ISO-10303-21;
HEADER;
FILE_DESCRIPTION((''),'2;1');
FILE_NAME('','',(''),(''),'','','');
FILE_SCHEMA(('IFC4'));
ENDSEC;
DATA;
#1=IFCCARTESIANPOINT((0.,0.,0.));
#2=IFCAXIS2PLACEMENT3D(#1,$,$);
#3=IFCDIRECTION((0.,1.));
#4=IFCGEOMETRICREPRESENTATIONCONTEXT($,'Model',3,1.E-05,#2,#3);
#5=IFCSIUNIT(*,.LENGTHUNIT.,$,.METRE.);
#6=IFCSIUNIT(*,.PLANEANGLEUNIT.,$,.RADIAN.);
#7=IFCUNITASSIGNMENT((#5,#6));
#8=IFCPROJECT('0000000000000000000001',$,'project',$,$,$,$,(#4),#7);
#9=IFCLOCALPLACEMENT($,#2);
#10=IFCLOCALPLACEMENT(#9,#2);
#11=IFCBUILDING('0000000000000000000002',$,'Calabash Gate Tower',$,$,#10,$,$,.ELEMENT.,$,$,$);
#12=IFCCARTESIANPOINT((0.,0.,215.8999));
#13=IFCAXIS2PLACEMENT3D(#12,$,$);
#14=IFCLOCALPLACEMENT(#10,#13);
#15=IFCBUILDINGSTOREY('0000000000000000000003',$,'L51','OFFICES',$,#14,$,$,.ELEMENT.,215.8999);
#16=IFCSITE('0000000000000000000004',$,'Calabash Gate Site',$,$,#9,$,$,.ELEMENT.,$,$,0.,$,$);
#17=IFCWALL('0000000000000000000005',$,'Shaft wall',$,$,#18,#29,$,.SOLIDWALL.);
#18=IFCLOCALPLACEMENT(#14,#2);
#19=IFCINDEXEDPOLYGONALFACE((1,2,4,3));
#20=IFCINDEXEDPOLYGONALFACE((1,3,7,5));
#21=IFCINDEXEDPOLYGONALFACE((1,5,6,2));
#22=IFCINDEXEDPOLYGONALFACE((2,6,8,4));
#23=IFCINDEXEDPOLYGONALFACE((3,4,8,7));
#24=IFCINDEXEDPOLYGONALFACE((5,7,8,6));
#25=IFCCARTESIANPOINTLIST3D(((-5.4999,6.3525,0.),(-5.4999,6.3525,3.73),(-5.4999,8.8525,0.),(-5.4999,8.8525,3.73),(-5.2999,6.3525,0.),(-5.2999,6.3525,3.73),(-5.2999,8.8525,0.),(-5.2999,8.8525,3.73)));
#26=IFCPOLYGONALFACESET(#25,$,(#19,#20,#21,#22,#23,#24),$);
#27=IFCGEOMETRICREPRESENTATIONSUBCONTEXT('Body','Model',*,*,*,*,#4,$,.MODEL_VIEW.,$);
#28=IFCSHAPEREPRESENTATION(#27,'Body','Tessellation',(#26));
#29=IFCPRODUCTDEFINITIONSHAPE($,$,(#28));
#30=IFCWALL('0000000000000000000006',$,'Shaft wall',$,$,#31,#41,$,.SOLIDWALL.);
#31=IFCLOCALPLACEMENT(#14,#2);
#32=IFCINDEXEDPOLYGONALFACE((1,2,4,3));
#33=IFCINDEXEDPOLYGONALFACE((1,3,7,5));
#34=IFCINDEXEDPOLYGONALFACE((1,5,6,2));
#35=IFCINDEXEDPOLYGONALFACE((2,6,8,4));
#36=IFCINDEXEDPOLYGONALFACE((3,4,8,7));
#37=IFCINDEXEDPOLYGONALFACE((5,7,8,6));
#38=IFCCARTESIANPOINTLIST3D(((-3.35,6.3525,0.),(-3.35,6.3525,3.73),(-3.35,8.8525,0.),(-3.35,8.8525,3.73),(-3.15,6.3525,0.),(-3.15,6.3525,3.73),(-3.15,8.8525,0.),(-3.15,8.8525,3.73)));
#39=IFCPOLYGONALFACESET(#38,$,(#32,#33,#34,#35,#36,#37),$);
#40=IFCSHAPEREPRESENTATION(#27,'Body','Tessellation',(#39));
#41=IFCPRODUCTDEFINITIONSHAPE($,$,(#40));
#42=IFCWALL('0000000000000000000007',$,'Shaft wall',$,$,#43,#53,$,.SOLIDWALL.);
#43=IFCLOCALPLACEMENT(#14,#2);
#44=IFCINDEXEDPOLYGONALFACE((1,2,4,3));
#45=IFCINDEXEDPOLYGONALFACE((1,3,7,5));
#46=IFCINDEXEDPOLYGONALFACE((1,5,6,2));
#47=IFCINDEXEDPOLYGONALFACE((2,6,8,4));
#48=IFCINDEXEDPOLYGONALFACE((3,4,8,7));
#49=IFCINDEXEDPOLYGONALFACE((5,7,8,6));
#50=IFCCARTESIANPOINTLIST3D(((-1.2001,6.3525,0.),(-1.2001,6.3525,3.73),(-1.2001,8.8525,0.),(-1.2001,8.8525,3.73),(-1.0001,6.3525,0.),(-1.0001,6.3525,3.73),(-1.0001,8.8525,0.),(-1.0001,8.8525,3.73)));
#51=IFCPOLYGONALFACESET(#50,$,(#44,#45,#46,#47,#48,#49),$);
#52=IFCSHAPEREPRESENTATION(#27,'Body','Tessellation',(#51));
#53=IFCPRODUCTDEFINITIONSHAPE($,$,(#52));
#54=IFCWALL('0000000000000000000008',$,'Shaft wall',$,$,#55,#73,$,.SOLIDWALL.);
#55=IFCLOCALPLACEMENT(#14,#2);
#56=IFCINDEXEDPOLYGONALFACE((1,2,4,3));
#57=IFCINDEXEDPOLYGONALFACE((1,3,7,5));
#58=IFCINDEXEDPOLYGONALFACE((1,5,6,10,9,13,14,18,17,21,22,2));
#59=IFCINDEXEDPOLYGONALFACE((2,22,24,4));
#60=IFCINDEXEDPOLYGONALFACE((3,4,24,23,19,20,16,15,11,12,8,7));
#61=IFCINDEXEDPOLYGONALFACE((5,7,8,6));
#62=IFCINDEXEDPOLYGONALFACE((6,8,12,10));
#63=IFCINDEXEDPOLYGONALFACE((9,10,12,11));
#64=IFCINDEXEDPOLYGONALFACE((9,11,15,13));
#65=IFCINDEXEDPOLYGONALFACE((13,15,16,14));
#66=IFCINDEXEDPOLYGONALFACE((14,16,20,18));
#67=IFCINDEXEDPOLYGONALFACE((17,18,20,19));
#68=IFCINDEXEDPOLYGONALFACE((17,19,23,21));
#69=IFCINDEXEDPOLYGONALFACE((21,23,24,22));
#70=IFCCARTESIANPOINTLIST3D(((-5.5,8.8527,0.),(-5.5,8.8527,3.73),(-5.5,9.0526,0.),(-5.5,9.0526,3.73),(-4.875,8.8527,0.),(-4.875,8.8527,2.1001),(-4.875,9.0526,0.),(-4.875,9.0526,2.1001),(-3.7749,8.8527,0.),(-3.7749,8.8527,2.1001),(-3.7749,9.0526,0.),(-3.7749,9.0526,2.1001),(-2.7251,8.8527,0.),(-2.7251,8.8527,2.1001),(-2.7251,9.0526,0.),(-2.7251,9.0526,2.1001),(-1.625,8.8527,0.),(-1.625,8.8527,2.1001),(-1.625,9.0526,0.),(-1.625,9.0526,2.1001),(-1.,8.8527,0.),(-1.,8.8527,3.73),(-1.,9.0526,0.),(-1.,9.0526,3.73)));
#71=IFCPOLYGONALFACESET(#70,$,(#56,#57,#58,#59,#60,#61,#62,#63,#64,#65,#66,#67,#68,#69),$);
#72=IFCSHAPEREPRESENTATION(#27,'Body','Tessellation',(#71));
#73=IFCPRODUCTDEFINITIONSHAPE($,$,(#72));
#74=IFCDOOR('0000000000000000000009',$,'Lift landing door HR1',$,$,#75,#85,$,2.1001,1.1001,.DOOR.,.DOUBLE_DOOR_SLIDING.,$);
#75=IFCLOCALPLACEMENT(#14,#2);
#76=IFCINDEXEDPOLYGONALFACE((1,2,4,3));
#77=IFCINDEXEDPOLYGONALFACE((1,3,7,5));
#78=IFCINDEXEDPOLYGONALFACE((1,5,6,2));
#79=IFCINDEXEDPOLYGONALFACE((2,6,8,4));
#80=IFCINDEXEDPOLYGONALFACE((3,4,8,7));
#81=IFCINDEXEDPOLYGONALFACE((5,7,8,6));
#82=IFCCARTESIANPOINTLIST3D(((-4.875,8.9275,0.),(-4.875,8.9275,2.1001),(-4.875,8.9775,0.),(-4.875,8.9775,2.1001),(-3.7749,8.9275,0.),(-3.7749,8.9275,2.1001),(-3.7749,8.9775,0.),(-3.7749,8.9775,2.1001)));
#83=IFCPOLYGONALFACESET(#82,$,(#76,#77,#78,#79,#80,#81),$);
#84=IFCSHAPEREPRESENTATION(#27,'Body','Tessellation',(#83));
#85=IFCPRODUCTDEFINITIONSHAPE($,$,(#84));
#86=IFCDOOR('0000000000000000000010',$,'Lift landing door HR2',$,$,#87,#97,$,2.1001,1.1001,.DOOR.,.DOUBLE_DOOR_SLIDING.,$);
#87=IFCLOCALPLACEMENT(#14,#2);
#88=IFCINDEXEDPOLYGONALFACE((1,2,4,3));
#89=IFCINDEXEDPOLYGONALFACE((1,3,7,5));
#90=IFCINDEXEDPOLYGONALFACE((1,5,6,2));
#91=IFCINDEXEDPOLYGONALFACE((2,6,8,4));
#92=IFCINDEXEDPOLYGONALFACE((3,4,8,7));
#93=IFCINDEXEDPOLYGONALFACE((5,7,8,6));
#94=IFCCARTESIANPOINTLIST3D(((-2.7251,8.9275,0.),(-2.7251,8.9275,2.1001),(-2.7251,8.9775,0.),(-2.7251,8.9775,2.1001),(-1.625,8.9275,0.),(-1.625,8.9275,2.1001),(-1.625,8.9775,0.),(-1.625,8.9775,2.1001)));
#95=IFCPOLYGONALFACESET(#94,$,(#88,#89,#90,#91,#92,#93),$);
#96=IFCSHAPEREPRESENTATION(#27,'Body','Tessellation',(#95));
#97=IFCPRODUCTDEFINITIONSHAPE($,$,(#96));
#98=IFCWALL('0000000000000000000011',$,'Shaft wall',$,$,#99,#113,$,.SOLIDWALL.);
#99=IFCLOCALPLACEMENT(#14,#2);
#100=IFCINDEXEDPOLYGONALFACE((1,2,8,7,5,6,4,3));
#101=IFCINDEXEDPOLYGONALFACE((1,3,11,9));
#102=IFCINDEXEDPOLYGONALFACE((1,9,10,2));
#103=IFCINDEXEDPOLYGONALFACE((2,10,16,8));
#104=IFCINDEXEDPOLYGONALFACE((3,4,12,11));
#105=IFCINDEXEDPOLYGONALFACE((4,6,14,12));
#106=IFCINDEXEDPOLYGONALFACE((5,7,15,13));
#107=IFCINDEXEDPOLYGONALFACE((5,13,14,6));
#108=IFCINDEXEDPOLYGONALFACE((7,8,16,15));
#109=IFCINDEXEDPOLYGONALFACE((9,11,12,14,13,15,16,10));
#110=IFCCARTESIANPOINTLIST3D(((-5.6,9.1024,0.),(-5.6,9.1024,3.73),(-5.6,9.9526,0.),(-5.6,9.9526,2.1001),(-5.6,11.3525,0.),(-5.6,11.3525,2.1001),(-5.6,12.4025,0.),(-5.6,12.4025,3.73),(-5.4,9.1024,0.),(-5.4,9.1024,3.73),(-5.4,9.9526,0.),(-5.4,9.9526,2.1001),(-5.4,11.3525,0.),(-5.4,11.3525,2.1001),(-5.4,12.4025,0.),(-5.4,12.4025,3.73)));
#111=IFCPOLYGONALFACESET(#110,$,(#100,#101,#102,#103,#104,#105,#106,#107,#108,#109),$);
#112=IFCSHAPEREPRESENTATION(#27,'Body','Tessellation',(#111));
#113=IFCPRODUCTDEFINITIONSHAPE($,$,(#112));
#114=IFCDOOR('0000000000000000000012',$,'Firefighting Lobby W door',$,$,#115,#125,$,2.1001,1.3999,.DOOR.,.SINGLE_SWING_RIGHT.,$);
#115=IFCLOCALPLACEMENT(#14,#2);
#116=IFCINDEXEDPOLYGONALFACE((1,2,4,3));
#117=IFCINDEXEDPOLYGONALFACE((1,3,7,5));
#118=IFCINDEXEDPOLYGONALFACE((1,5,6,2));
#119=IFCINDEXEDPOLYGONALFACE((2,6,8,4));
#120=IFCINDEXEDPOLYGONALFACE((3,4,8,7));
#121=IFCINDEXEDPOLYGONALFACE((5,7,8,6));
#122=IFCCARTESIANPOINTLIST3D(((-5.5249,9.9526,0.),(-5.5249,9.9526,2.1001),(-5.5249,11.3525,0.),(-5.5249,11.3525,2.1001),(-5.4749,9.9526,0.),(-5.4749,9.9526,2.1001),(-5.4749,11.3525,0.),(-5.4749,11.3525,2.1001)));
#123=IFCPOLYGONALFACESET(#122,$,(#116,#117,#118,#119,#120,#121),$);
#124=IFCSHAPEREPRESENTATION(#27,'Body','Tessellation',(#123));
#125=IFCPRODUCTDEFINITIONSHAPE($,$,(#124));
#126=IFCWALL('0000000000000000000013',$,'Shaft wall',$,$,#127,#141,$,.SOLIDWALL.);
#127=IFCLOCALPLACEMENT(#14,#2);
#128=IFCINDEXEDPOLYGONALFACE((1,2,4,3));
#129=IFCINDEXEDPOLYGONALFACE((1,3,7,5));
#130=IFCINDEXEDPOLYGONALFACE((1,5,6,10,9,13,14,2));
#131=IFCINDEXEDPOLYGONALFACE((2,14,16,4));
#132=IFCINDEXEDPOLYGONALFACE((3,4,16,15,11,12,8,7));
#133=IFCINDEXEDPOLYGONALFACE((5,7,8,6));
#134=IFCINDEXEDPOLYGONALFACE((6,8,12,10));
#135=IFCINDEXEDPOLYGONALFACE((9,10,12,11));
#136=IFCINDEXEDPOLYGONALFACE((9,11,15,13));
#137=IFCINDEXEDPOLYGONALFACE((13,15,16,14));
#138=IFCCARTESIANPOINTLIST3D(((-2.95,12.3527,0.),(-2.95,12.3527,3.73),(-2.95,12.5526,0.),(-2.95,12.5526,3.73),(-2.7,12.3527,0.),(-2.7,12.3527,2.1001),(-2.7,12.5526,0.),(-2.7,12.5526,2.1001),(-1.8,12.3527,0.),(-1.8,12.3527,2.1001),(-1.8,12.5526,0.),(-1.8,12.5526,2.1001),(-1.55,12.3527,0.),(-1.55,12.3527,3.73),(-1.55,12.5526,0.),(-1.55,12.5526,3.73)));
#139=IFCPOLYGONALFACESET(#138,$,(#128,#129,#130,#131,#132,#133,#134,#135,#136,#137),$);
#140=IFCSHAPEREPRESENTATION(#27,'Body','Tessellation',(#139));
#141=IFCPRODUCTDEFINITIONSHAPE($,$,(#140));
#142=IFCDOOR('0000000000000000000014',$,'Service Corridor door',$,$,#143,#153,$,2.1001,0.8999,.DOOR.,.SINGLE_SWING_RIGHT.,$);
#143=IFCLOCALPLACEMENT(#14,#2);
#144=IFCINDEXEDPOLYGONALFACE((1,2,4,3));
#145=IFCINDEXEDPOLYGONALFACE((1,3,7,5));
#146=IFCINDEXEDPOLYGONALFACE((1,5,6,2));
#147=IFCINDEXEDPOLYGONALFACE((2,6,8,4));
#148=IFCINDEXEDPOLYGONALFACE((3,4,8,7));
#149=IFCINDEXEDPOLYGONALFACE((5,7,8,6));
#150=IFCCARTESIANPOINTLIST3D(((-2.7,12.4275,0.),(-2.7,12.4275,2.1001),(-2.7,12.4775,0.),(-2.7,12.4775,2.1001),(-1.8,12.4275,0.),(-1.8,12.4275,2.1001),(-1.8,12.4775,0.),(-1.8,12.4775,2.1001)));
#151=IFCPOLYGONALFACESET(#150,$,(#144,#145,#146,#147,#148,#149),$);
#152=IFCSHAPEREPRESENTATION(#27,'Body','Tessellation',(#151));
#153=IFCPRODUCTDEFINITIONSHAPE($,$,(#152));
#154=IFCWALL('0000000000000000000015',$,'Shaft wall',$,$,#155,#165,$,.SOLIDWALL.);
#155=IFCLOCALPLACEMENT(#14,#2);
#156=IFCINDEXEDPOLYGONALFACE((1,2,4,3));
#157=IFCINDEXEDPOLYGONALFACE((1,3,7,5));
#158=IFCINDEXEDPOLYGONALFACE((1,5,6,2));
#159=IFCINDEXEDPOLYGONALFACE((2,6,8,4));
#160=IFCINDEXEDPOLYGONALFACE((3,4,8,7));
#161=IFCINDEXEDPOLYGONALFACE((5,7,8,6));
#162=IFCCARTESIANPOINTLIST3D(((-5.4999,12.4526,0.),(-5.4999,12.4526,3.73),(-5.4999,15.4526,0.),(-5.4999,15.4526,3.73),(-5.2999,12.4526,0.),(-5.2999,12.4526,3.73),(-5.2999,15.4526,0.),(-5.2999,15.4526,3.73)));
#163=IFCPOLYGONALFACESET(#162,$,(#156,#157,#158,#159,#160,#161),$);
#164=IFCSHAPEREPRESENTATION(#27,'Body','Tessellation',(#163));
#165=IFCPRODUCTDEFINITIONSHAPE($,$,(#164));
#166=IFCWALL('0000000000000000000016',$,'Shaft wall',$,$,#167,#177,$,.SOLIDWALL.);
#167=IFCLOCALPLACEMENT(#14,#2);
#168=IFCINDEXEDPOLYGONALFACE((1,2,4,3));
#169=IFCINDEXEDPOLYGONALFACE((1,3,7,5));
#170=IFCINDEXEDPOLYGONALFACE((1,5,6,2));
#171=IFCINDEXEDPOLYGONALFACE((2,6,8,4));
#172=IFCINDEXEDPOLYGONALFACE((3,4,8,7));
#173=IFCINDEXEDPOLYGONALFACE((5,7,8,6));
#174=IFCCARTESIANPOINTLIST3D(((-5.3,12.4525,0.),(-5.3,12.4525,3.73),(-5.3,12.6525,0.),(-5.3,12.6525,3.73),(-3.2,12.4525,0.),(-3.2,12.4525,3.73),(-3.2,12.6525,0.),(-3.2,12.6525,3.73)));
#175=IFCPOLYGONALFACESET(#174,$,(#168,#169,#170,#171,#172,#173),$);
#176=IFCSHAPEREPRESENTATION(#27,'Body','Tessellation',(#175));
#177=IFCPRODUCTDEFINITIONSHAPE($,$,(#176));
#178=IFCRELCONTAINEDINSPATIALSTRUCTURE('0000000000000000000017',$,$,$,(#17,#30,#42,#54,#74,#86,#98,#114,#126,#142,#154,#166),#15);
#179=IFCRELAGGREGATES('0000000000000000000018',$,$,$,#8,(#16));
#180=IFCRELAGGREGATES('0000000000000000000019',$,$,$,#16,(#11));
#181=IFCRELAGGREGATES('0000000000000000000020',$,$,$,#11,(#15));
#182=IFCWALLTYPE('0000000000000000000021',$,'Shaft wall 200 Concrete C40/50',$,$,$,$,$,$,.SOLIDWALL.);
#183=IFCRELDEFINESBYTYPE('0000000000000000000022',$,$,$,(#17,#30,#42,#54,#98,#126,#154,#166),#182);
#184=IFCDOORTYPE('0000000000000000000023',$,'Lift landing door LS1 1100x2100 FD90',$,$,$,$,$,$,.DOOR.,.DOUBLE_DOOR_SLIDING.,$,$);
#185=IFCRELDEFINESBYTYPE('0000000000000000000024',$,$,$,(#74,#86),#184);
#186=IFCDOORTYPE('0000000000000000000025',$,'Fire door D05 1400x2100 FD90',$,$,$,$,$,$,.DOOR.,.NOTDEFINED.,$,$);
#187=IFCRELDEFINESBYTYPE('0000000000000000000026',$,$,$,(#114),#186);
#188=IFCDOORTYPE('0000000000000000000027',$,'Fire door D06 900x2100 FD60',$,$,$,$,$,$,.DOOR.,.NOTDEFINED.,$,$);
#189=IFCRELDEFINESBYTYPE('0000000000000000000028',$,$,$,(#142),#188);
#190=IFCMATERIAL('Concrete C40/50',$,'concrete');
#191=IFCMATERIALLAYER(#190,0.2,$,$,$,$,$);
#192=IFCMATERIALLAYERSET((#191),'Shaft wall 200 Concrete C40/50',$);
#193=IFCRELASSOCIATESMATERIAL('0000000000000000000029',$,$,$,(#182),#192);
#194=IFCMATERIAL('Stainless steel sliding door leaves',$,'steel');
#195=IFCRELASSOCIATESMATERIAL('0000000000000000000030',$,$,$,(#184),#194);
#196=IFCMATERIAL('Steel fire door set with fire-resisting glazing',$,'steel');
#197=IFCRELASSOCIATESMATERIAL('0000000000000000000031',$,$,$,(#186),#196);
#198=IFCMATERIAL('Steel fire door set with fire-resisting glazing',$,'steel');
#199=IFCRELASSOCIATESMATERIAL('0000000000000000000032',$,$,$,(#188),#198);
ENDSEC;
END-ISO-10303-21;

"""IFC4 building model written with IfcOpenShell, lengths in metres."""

from ifc_helpers import new_model, si_unit, direction, frame, frame_2d, origin, place, context, subcontext, project, spatial, rectangle, extrude, material, layer, layer_set, type_object, element, fill, save


model = new_model("IFC4")

# Units and contexts
model_context = context("Model", 3, precision=1e-05, world=origin(), true_north=direction((0.0, 1.0)))
body_context = subcontext(model_context, "Body", "Model", "MODEL_VIEW")
ifc_project = project(units=[si_unit("LENGTHUNIT", "METRE"), si_unit("PLANEANGLEUNIT", "RADIAN")], contexts=[model_context])

# Site, building, storey
site_placement = place(None, origin())
site = spatial("IfcSite", under=ifc_project, at=site_placement, Name="Calabash Gate Site", CompositionType="ELEMENT", RefElevation=0.0)
building_placement = place(site_placement, origin())
building = spatial("IfcBuilding", under=site, at=building_placement, Name="Calabash Gate Tower", CompositionType="ELEMENT")
storey_placement = place(building_placement, frame((0.0, 0.0, 215.8999)))
storey = spatial("IfcBuildingStorey", under=building, at=storey_placement, Name="L51", Description="OFFICES", CompositionType="ELEMENT", Elevation=215.8999)

# Walls
ifc_material_1 = material(Name="Concrete C40/50", Category="concrete")
ifc_layer = layer(ifc_material_1, 0.2)
ifc_layer_set = layer_set([ifc_layer], Name="Shaft wall 200 Concrete C40/50")
wall_type = type_object("IfcWallType", Name="Shaft wall 200 Concrete C40/50", PredefinedType="SOLIDWALL", material=ifc_layer_set)
for number, where, z_axis, x_axis, name in (
    (1, (-5.3999, 6.3525, 0.0), (0.0, 0.0, 1.0), (0.0, 1.0, 0.0), "Shaft wall"),
    (2, (-3.25, 6.3525, 0.0), (0.0, 0.0, 1.0), (0.0, 1.0, 0.0), "Shaft wall"),
    (3, (-1.1001, 6.3525, 0.0), (0.0, 0.0, 1.0), (0.0, 1.0, 0.0), "Shaft wall"),
):
    element("IfcWall", number, at=place(storey_placement, frame(where, z_axis=z_axis, x_axis=x_axis)), inside=storey, type_object=wall_type, Name=name, PredefinedType="SOLIDWALL", context=body_context, shape_type="SweptSolid", body=[
        extrude(rectangle(XDim=2.5, YDim=0.2, at=frame_2d((1.25, 0.0))), origin(), (0.0, 0.0, 1.0), 3.73),
    ])

# Wall, openings, doors
wall_1_placement = place(storey_placement, frame((-5.5, 8.9526, 0.0), z_axis=(0.0, 0.0, 1.0), x_axis=(1.0, 0.0, 0.0)))
wall_1 = element("IfcWall", 4, at=wall_1_placement, inside=storey, type_object=wall_type, Name="Shaft wall", PredefinedType="SOLIDWALL", context=body_context, shape_type="SweptSolid", body=[
    extrude(rectangle(XDim=4.5, YDim=0.2, at=frame_2d((2.25, 0.0))), origin(), (0.0, 0.0, 1.0), 3.73),
])
opening_1_placement = place(wall_1_placement, frame((0.625, 0.0, 0.0)))
opening_1 = element("IfcOpeningElement", 5, at=opening_1_placement, cuts=wall_1, PredefinedType="OPENING", context=body_context, shape_type="SweptSolid", body=[
    extrude(rectangle(XDim=1.1001, YDim=2.1001, at=frame_2d((0.55, 1.05))), frame((0.0, 0.1099, 0.0), z_axis=(0.0, -1.0, 0.0), x_axis=(1.0, 0.0, 0.0)), (0.0, 0.0, 1.0), 0.22),
])
opening_2_placement = place(wall_1_placement, frame((2.7749, 0.0, 0.0)))
opening_2 = element("IfcOpeningElement", 6, at=opening_2_placement, cuts=wall_1, PredefinedType="OPENING", context=body_context, shape_type="SweptSolid", body=[
    extrude(rectangle(XDim=1.1001, YDim=2.1001, at=frame_2d((0.55, 1.05))), frame((0.0, 0.1099, 0.0), z_axis=(0.0, -1.0, 0.0), x_axis=(1.0, 0.0, 0.0)), (0.0, 0.0, 1.0), 0.22),
])
ifc_material_2 = material(Name="Stainless steel sliding door leaves", Category="steel")
door_type_1 = type_object("IfcDoorType", Name="Lift landing door LS1 1100x2100 FD90", OperationType="DOUBLE_DOOR_SLIDING", PredefinedType="DOOR", material=ifc_material_2)
door_1_placement = place(opening_1_placement, origin())
door_1 = element("IfcDoor", 7, at=door_1_placement, inside=storey, type_object=door_type_1, Name="Lift landing door HR1", OperationType="DOUBLE_DOOR_SLIDING", OverallHeight=2.1001, OverallWidth=1.1001, PredefinedType="DOOR", context=body_context, shape_type="SweptSolid", body=[
    extrude(rectangle(XDim=1.1001, YDim=2.1001, at=frame_2d((0.55, 1.05))), frame((0.0, 0.0249, 0.0), z_axis=(0.0, -1.0, 0.0), x_axis=(1.0, 0.0, 0.0)), (0.0, 0.0, 1.0), 0.05),
])
fill(opening_1, door_1)
door_2_placement = place(opening_2_placement, origin())
door_2 = element("IfcDoor", 8, at=door_2_placement, inside=storey, type_object=door_type_1, Name="Lift landing door HR2", OperationType="DOUBLE_DOOR_SLIDING", OverallHeight=2.1001, OverallWidth=1.1001, PredefinedType="DOOR", context=body_context, shape_type="SweptSolid", body=[
    extrude(rectangle(XDim=1.1001, YDim=2.1001, at=frame_2d((0.55, 1.05))), frame((0.0, 0.0249, 0.0), z_axis=(0.0, -1.0, 0.0), x_axis=(1.0, 0.0, 0.0)), (0.0, 0.0, 1.0), 0.05),
])
fill(opening_2, door_2)

# Walls, openings, doors
wall_2_placement = place(storey_placement, frame((-5.5, 9.1025, 0.0), z_axis=(0.0, 0.0, 1.0), x_axis=(0.0, 1.0, 0.0)))
wall_2 = element("IfcWall", 9, at=wall_2_placement, inside=storey, type_object=wall_type, Name="Shaft wall", PredefinedType="SOLIDWALL", context=body_context, shape_type="SweptSolid", body=[
    extrude(rectangle(XDim=3.3, YDim=0.2, at=frame_2d((1.6499, 0.0))), origin(), (0.0, 0.0, 1.0), 3.73),
])
opening_3_placement = place(wall_2_placement, frame((0.8501, 0.0, 0.0)))
opening_3 = element("IfcOpeningElement", 10, at=opening_3_placement, cuts=wall_2, PredefinedType="OPENING", context=body_context, shape_type="SweptSolid", body=[
    extrude(rectangle(XDim=1.3999, YDim=2.1001, at=frame_2d((0.7, 1.05))), frame((0.0, 0.1099, 0.0), z_axis=(0.0, -1.0, 0.0), x_axis=(1.0, 0.0, 0.0)), (0.0, 0.0, 1.0), 0.22),
])
ifc_material_3 = material(Name="Steel fire door set with fire-resisting glazing", Category="steel")
door_type_2 = type_object("IfcDoorType", Name="Fire door D05 1400x2100 FD90", OperationType="NOTDEFINED", PredefinedType="DOOR", material=ifc_material_3)
door_3_placement = place(opening_3_placement, origin())
door_3 = element("IfcDoor", 11, at=door_3_placement, inside=storey, type_object=door_type_2, Name="Firefighting Lobby W door", OperationType="SINGLE_SWING_RIGHT", OverallHeight=2.1001, OverallWidth=1.3999, PredefinedType="DOOR", context=body_context, shape_type="SweptSolid", body=[
    extrude(rectangle(XDim=1.3999, YDim=2.1001, at=frame_2d((0.7, 1.05))), frame((0.0, 0.0249, 0.0), z_axis=(0.0, -1.0, 0.0), x_axis=(1.0, 0.0, 0.0)), (0.0, 0.0, 1.0), 0.05),
])
fill(opening_3, door_3)
wall_3_placement = place(storey_placement, frame((-2.95, 12.4526, 0.0), z_axis=(0.0, 0.0, 1.0), x_axis=(1.0, 0.0, 0.0)))
wall_3 = element("IfcWall", 12, at=wall_3_placement, inside=storey, type_object=wall_type, Name="Shaft wall", PredefinedType="SOLIDWALL", context=body_context, shape_type="SweptSolid", body=[
    extrude(rectangle(XDim=1.3999, YDim=0.2, at=frame_2d((0.7, 0.0))), origin(), (0.0, 0.0, 1.0), 3.73),
])
opening_4_placement = place(wall_3_placement, frame((0.25, 0.0, 0.0)))
opening_4 = element("IfcOpeningElement", 13, at=opening_4_placement, cuts=wall_3, PredefinedType="OPENING", context=body_context, shape_type="SweptSolid", body=[
    extrude(rectangle(XDim=0.8999, YDim=2.1001, at=frame_2d((0.45, 1.05))), frame((0.0, 0.1099, 0.0), z_axis=(0.0, -1.0, 0.0), x_axis=(1.0, 0.0, 0.0)), (0.0, 0.0, 1.0), 0.22),
])
ifc_material_4 = material(Name="Steel fire door set with fire-resisting glazing", Category="steel")
door_type_3 = type_object("IfcDoorType", Name="Fire door D06 900x2100 FD60", OperationType="NOTDEFINED", PredefinedType="DOOR", material=ifc_material_4)
door_4_placement = place(opening_4_placement, origin())
door_4 = element("IfcDoor", 14, at=door_4_placement, inside=storey, type_object=door_type_3, Name="Service Corridor door", OperationType="SINGLE_SWING_RIGHT", OverallHeight=2.1001, OverallWidth=0.8999, PredefinedType="DOOR", context=body_context, shape_type="SweptSolid", body=[
    extrude(rectangle(XDim=0.8999, YDim=2.1001, at=frame_2d((0.45, 1.05))), frame((0.0, 0.0249, 0.0), z_axis=(0.0, -1.0, 0.0), x_axis=(1.0, 0.0, 0.0)), (0.0, 0.0, 1.0), 0.05),
])
fill(opening_4, door_4)

# Walls
wall_4_placement = place(storey_placement, frame((-5.3999, 12.4526, 0.0), z_axis=(0.0, 0.0, 1.0), x_axis=(0.0, 1.0, 0.0)))
element("IfcWall", 15, at=wall_4_placement, inside=storey, type_object=wall_type, Name="Shaft wall", PredefinedType="SOLIDWALL", context=body_context, shape_type="SweptSolid", body=[
    extrude(rectangle(XDim=3.0, YDim=0.2, at=frame_2d((1.5, 0.0))), origin(), (0.0, 0.0, 1.0), 3.73),
])
wall_5_placement = place(storey_placement, frame((-5.3, 12.5525, 0.0), z_axis=(0.0, 0.0, 1.0), x_axis=(1.0, 0.0, 0.0)))
element("IfcWall", 16, at=wall_5_placement, inside=storey, type_object=wall_type, Name="Shaft wall", PredefinedType="SOLIDWALL", context=body_context, shape_type="SweptSolid", body=[
    extrude(rectangle(XDim=2.1001, YDim=0.2, at=frame_2d((1.05, 0.0))), origin(), (0.0, 0.0, 1.0), 3.73),
])

save(model, "model.ifc")
